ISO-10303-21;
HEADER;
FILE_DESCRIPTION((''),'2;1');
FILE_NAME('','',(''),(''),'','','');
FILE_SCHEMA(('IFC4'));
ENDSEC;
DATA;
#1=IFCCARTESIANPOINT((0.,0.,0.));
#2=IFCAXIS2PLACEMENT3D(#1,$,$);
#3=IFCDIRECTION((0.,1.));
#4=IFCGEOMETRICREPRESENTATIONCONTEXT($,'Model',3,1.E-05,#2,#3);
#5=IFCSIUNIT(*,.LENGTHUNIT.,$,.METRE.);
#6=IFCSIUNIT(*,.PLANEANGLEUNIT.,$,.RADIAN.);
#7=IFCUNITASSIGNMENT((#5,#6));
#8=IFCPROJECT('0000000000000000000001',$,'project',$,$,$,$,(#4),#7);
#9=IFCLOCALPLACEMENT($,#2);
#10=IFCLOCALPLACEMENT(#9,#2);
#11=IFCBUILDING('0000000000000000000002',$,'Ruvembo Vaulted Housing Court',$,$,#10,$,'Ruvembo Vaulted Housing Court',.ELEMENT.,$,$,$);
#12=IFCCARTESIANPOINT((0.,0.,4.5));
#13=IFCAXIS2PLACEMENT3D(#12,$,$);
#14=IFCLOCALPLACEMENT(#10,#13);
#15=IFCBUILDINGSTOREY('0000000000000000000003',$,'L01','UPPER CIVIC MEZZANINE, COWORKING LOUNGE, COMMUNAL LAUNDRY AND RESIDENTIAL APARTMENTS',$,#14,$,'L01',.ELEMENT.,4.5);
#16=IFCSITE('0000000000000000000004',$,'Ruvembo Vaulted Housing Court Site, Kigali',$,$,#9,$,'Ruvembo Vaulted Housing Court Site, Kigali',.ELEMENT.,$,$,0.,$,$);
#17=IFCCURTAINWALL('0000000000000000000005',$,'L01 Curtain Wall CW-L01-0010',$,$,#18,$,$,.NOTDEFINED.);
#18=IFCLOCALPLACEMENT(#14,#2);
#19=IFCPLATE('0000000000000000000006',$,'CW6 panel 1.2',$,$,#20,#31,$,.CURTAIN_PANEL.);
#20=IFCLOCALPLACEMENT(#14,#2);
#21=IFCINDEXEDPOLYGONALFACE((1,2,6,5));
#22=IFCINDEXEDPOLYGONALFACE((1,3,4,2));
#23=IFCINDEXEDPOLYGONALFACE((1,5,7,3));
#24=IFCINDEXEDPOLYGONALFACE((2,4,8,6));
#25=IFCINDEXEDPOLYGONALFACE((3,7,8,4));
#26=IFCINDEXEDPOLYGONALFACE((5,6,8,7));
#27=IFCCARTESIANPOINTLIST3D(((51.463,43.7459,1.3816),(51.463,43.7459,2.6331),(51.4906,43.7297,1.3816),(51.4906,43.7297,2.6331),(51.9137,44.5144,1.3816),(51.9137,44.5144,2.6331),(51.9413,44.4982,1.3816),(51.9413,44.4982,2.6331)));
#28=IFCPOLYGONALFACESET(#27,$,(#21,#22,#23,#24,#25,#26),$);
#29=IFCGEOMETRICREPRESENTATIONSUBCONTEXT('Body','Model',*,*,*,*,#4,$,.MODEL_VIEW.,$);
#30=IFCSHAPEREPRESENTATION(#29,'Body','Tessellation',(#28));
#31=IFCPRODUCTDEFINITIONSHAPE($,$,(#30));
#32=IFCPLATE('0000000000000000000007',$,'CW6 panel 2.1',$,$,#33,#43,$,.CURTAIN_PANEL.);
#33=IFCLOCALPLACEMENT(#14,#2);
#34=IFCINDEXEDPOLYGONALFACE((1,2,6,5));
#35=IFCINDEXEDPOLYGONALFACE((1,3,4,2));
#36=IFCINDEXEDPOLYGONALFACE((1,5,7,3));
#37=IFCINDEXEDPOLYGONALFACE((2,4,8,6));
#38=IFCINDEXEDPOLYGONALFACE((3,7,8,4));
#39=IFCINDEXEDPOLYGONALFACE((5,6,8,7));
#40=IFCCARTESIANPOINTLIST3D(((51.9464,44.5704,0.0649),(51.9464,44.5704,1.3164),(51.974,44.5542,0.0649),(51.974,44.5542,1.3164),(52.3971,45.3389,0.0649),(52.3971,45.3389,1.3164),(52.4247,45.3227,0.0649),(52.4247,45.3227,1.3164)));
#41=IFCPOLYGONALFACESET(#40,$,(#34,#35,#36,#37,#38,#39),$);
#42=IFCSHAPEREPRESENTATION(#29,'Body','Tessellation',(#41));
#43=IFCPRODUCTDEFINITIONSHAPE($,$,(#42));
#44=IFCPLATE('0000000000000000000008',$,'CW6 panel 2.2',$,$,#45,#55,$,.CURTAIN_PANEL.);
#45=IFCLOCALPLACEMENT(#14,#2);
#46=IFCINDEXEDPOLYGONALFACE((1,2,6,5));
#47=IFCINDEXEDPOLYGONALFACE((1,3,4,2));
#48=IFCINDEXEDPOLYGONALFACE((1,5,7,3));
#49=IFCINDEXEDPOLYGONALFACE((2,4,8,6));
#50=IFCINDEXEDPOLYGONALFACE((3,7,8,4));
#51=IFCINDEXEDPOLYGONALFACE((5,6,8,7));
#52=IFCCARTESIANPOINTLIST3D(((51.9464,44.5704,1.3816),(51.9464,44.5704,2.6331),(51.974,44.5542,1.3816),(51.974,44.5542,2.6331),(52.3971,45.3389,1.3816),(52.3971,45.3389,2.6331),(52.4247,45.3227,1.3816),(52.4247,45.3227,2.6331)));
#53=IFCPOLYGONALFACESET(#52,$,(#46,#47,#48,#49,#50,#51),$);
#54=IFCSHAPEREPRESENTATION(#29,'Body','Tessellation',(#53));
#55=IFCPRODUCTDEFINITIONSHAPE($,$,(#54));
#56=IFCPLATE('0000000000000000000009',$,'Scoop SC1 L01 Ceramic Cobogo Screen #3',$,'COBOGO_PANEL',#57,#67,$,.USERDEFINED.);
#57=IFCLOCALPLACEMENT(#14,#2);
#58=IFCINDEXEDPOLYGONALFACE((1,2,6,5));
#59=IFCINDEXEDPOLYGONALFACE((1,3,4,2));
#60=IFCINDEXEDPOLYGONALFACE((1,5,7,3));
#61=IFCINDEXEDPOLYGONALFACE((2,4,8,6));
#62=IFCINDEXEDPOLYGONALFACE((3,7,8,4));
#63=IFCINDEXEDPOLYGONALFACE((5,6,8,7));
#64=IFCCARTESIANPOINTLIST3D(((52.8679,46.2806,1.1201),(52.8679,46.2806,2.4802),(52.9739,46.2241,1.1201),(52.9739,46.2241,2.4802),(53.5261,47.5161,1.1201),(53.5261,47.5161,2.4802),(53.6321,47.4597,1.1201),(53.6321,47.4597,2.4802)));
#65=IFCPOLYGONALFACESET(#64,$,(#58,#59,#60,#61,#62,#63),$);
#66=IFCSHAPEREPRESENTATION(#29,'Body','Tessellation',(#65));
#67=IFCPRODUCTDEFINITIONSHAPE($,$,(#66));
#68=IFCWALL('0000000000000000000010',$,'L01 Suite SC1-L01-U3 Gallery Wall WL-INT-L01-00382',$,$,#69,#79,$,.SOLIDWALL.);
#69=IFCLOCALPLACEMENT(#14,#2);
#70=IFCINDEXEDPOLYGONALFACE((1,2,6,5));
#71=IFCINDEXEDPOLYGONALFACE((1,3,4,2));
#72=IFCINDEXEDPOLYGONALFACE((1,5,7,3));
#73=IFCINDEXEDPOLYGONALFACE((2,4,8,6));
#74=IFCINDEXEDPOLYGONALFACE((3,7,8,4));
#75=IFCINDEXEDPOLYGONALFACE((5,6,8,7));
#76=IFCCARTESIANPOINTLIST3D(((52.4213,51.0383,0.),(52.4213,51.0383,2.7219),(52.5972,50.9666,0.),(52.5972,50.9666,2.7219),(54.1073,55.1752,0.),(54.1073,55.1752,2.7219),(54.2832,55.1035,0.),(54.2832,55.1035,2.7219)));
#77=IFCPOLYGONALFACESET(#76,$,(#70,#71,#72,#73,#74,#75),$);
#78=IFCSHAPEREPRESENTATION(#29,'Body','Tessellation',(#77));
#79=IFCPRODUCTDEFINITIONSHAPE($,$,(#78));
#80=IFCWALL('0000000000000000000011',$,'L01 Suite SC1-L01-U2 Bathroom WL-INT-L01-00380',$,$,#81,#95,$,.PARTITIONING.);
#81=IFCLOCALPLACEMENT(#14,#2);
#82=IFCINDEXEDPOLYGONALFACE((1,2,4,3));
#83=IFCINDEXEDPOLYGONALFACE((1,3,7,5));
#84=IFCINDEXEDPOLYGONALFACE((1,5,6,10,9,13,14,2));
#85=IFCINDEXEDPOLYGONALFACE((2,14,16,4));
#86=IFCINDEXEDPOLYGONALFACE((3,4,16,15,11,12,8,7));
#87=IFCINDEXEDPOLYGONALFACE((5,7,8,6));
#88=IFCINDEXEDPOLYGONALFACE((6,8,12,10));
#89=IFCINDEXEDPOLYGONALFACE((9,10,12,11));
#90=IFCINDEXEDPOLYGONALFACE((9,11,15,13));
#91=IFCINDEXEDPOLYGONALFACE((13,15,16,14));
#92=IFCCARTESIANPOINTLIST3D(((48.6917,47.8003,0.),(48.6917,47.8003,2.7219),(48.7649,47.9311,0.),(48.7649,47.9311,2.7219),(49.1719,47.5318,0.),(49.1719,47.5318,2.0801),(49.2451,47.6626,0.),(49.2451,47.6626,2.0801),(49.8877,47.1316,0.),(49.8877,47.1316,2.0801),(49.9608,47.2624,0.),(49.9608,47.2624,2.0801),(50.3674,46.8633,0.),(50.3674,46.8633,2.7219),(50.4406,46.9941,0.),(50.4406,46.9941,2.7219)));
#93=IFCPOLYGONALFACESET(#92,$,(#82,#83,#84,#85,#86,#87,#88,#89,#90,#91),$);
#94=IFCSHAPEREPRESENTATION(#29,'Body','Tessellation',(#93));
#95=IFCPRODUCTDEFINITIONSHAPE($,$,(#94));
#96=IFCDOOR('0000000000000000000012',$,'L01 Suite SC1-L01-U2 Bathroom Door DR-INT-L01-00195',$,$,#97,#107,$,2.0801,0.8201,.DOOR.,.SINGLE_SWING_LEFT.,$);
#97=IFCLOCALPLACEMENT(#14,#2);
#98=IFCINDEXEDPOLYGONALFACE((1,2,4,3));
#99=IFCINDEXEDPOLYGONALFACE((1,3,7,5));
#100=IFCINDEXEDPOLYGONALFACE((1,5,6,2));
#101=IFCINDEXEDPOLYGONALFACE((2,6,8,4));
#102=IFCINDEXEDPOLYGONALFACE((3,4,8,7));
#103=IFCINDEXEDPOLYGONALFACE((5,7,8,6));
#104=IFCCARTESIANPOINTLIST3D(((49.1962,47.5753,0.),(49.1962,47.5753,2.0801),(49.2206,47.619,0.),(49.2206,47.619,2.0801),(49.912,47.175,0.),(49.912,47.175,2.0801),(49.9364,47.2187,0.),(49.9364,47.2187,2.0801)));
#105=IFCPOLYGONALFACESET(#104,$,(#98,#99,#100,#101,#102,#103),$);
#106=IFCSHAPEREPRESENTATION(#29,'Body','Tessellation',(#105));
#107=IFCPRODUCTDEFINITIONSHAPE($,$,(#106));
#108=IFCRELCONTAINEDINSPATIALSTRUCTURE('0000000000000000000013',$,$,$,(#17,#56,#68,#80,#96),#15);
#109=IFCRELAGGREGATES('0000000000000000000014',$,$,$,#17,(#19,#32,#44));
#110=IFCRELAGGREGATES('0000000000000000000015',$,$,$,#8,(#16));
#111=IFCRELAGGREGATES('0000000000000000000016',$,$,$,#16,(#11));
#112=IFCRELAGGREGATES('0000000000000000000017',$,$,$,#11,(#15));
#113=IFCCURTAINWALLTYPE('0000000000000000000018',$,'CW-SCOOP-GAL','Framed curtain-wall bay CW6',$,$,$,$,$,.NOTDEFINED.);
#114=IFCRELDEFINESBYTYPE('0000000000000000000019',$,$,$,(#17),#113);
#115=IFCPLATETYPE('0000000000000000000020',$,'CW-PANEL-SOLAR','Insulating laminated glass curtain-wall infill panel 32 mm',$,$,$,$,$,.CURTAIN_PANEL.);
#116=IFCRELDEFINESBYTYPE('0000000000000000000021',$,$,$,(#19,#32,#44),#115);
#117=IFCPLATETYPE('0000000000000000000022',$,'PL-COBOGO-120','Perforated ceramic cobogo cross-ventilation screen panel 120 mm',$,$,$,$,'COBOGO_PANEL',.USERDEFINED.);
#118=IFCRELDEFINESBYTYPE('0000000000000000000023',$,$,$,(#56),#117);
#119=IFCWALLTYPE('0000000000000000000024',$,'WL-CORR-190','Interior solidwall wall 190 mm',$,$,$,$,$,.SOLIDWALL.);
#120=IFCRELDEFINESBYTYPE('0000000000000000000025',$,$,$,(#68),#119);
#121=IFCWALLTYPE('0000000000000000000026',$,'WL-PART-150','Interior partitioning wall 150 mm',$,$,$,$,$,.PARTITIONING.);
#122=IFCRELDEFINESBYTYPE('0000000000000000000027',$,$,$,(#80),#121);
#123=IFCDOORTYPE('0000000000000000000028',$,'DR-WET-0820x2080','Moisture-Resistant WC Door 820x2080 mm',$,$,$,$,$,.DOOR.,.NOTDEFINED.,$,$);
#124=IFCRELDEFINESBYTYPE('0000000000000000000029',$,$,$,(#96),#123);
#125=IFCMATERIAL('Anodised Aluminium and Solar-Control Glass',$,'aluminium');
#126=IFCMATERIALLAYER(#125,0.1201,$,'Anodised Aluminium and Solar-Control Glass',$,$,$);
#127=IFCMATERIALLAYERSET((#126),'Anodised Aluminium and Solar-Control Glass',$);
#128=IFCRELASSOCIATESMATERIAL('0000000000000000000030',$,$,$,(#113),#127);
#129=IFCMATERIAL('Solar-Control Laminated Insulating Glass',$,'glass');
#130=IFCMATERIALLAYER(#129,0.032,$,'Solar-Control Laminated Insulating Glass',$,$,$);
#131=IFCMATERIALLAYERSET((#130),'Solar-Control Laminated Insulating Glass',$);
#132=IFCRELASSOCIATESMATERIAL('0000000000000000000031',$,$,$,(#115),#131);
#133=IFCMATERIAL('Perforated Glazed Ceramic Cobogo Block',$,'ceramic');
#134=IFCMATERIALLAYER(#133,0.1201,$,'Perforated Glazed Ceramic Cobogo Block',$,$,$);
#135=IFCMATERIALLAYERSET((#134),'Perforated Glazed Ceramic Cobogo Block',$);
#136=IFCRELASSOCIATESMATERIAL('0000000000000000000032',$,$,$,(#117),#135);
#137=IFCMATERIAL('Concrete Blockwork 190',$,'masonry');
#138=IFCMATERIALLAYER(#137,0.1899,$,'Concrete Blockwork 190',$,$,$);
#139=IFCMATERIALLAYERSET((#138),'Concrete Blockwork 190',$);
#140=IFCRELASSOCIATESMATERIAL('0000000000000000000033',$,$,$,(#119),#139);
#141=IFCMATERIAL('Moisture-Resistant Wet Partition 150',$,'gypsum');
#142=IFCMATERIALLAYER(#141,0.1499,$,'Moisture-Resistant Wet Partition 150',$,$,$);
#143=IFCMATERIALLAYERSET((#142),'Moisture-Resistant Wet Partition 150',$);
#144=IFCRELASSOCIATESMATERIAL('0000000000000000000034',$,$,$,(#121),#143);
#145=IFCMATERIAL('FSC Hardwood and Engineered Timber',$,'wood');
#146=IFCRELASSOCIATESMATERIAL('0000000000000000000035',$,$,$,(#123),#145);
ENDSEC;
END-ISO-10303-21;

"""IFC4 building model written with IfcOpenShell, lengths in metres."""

from ifc_helpers import new_model, si_unit, direction, frame, frame_2d, origin, origin_2d, place, context, subcontext, project, spatial, rectangle, extrude, material, layer, layer_set, type_object, element, fill, aggregate, save


model = new_model("IFC4")

# Units and contexts
model_context = context("Model", 3, precision=1e-05, world=origin(), true_north=direction((0.0, 1.0)))
body_context = subcontext(model_context, "Body", "Model", "MODEL_VIEW")
ifc_project = project(units=[si_unit("LENGTHUNIT", "METRE"), si_unit("PLANEANGLEUNIT", "RADIAN")], contexts=[model_context])

# Site, building, storey
site_placement = place(None, origin())
site = spatial("IfcSite", under=ifc_project, at=site_placement, Name="Ruvembo Vaulted Housing Court Site, Kigali", LongName="Ruvembo Vaulted Housing Court Site, Kigali", CompositionType="ELEMENT", RefElevation=0.0)
building_placement = place(site_placement, origin())
building = spatial("IfcBuilding", under=site, at=building_placement, Name="Ruvembo Vaulted Housing Court", LongName="Ruvembo Vaulted Housing Court", CompositionType="ELEMENT")
storey_placement = place(building_placement, frame((0.0, 0.0, 4.5)))
storey = spatial("IfcBuildingStorey", under=building, at=storey_placement, Name="L01", Description="UPPER CIVIC MEZZANINE, COWORKING LOUNGE, COMMUNAL LAUNDRY AND RESIDENTIAL APARTMENTS", LongName="L01", CompositionType="ELEMENT", Elevation=4.5)

# Curtain wall, plates
ifc_material_1 = material(Name="Anodised Aluminium and Solar-Control Glass", Category="aluminium")
ifc_layer_1 = layer(ifc_material_1, 0.1201, Name="Anodised Aluminium and Solar-Control Glass")
ifc_layer_set_1 = layer_set([ifc_layer_1], Name="Anodised Aluminium and Solar-Control Glass")
curtain_wall_type = type_object("IfcCurtainWallType", Name="CW-SCOOP-GAL", Description="Framed curtain-wall bay CW6", PredefinedType="NOTDEFINED", material=ifc_layer_set_1)
curtain_wall_placement = place(storey_placement, origin())
curtain_wall = element("IfcCurtainWall", 1, at=curtain_wall_placement, inside=storey, type_object=curtain_wall_type, Name="L01 Curtain Wall CW-L01-0010", PredefinedType="NOTDEFINED")
ifc_material_2 = material(Name="Solar-Control Laminated Insulating Glass", Category="glass")
ifc_layer_2 = layer(ifc_material_2, 0.032, Name="Solar-Control Laminated Insulating Glass")
ifc_layer_set_2 = layer_set([ifc_layer_2], Name="Solar-Control Laminated Insulating Glass")
plate_type_1 = type_object("IfcPlateType", Name="CW-PANEL-SOLAR", Description="Insulating laminated glass curtain-wall infill panel 32 mm", PredefinedType="CURTAIN_PANEL", material=ifc_layer_set_2)
plate_1_placement = place(storey_placement, frame((51.7021, 44.1221, 1.3816), z_axis=(0.0, 0.0, 1.0), x_axis=(0.505877, 0.862606, 0.0)))
plate_1 = element("IfcPlate", 2, at=plate_1_placement, type_object=plate_type_1, Name="CW6 panel 1.2", PredefinedType="CURTAIN_PANEL", context=body_context, shape_type="SweptSolid", body=[
    extrude(rectangle(XDim=0.8909, YDim=0.032, at=origin_2d()), origin(), (0.0, 0.0, 1.0), 1.2515),
])
plate_2_placement = place(storey_placement, frame((52.1855, 44.9465, 0.0649), z_axis=(0.0, 0.0, 1.0), x_axis=(0.505877, 0.862606, 0.0)))
plate_2 = element("IfcPlate", 3, at=plate_2_placement, type_object=plate_type_1, Name="CW6 panel 2.1", PredefinedType="CURTAIN_PANEL", context=body_context, shape_type="SweptSolid", body=[
    extrude(rectangle(XDim=0.8909, YDim=0.032, at=origin_2d()), origin(), (0.0, 0.0, 1.0), 1.2515),
])
plate_3_placement = place(storey_placement, frame((52.1855, 44.9465, 1.3816), z_axis=(0.0, 0.0, 1.0), x_axis=(0.505877, 0.862606, 0.0)))
plate_3 = element("IfcPlate", 4, at=plate_3_placement, type_object=plate_type_1, Name="CW6 panel 2.2", PredefinedType="CURTAIN_PANEL", context=body_context, shape_type="SweptSolid", body=[
    extrude(rectangle(XDim=0.8909, YDim=0.032, at=origin_2d()), origin(), (0.0, 0.0, 1.0), 1.2515),
])
aggregate(curtain_wall, [plate_1, plate_2, plate_3])

# Plate
ifc_material_3 = material(Name="Perforated Glazed Ceramic Cobogo Block", Category="ceramic")
ifc_layer_3 = layer(ifc_material_3, 0.1201, Name="Perforated Glazed Ceramic Cobogo Block")
ifc_layer_set_3 = layer_set([ifc_layer_3], Name="Perforated Glazed Ceramic Cobogo Block")
plate_type_2 = type_object("IfcPlateType", Name="PL-COBOGO-120", Description="Perforated ceramic cobogo cross-ventilation screen panel 120 mm", ElementType="COBOGO_PANEL", PredefinedType="USERDEFINED", material=ifc_layer_set_3)
plate_4_placement = place(storey_placement, frame((53.25, 46.8701, 1.1201), z_axis=(0.0, 0.0, 1.0), x_axis=(0.470134, 0.882595, 0.0)))
element("IfcPlate", 5, at=plate_4_placement, inside=storey, type_object=plate_type_2, Name="Scoop SC1 L01 Ceramic Cobogo Screen #3", ObjectType="COBOGO_PANEL", PredefinedType="USERDEFINED", context=body_context, shape_type="SweptSolid", body=[
    extrude(rectangle(XDim=1.3999, YDim=0.1201, at=origin_2d()), origin(), (0.0, 0.0, 1.0), 1.3601),
])

# Shared definitions
ifc_material_4 = material(Name="Concrete Blockwork 190", Category="masonry")
ifc_layer_4 = layer(ifc_material_4, 0.1899, Name="Concrete Blockwork 190")
ifc_layer_set_4 = layer_set([ifc_layer_4], Name="Concrete Blockwork 190")
wall_type_1 = type_object("IfcWallType", Name="WL-CORR-190", Description="Interior solidwall wall 190 mm", PredefinedType="SOLIDWALL", material=ifc_layer_set_4)
ifc_material_5 = material(Name="FSC Hardwood and Engineered Timber", Category="wood")

# Wall
wall_1_placement = place(storey_placement, frame((52.5093, 51.0024, 0.0), z_axis=(0.0, 0.0, 1.0), x_axis=(0.377413, 0.926045, 0.0)))
element("IfcWall", 6, at=wall_1_placement, inside=storey, type_object=wall_type_1, Name="L01 Suite SC1-L01-U3 Gallery Wall WL-INT-L01-00382", PredefinedType="SOLIDWALL", context=body_context, shape_type="SweptSolid", body=[
    extrude(rectangle(XDim=4.4673, YDim=0.1899, at=frame_2d((2.2336, 0.0))), origin(), (0.0, 0.0, 1.0), 2.7219),
])

# Wall, opening, door
ifc_material_6 = material(Name="Moisture-Resistant Wet Partition 150", Category="gypsum")
ifc_layer_5 = layer(ifc_material_6, 0.1499, Name="Moisture-Resistant Wet Partition 150")
ifc_layer_set_5 = layer_set([ifc_layer_5], Name="Moisture-Resistant Wet Partition 150")
wall_type_2 = type_object("IfcWallType", Name="WL-PART-150", Description="Interior partitioning wall 150 mm", PredefinedType="PARTITIONING", material=ifc_layer_set_5)
wall_2_placement = place(storey_placement, frame((48.7283, 47.8657, 0.0), z_axis=(0.0, 0.0, 1.0), x_axis=(0.872822, -0.488038, 0.0)))
wall_2 = element("IfcWall", 7, at=wall_2_placement, inside=storey, type_object=wall_type_2, Name="L01 Suite SC1-L01-U2 Bathroom WL-INT-L01-00380", PredefinedType="PARTITIONING", context=body_context, shape_type="SweptSolid", body=[
    extrude(rectangle(XDim=1.9199, YDim=0.1499, at=frame_2d((0.96, 0.0))), origin(), (0.0, 0.0, 1.0), 2.7219),
])
opening_1_placement = place(wall_2_placement, frame((0.55, 0.0, 0.0)))
opening_1 = element("IfcOpeningElement", 8, at=opening_1_placement, cuts=wall_2, PredefinedType="OPENING", context=body_context, shape_type="SweptSolid", body=[
    extrude(rectangle(XDim=0.8201, YDim=2.0801, at=frame_2d((0.4102, 1.04))), frame((0.0, 0.085, 0.0), z_axis=(0.0, -1.0, 0.0), x_axis=(1.0, 0.0, 0.0)), (0.0, 0.0, 1.0), 0.1699),
])
door_type_1 = type_object("IfcDoorType", Name="DR-WET-0820x2080", Description="Moisture-Resistant WC Door 820x2080 mm", OperationType="NOTDEFINED", PredefinedType="DOOR", material=ifc_material_5)
door_1_placement = place(opening_1_placement, origin())
door_1 = element("IfcDoor", 9, at=door_1_placement, inside=storey, type_object=door_type_1, Name="L01 Suite SC1-L01-U2 Bathroom Door DR-INT-L01-00195", OperationType="SINGLE_SWING_LEFT", OverallHeight=2.0801, OverallWidth=0.8201, PredefinedType="DOOR", context=body_context, shape_type="SweptSolid", body=[
    extrude(rectangle(XDim=0.8201, YDim=2.0801, at=frame_2d((0.4102, 1.04))), frame((0.0, 0.0249, 0.0), z_axis=(0.0, -1.0, 0.0), x_axis=(1.0, 0.0, 0.0)), (0.0, 0.0, 1.0), 0.05),
])
fill(opening_1, door_1)

save(model, "model.ifc")
